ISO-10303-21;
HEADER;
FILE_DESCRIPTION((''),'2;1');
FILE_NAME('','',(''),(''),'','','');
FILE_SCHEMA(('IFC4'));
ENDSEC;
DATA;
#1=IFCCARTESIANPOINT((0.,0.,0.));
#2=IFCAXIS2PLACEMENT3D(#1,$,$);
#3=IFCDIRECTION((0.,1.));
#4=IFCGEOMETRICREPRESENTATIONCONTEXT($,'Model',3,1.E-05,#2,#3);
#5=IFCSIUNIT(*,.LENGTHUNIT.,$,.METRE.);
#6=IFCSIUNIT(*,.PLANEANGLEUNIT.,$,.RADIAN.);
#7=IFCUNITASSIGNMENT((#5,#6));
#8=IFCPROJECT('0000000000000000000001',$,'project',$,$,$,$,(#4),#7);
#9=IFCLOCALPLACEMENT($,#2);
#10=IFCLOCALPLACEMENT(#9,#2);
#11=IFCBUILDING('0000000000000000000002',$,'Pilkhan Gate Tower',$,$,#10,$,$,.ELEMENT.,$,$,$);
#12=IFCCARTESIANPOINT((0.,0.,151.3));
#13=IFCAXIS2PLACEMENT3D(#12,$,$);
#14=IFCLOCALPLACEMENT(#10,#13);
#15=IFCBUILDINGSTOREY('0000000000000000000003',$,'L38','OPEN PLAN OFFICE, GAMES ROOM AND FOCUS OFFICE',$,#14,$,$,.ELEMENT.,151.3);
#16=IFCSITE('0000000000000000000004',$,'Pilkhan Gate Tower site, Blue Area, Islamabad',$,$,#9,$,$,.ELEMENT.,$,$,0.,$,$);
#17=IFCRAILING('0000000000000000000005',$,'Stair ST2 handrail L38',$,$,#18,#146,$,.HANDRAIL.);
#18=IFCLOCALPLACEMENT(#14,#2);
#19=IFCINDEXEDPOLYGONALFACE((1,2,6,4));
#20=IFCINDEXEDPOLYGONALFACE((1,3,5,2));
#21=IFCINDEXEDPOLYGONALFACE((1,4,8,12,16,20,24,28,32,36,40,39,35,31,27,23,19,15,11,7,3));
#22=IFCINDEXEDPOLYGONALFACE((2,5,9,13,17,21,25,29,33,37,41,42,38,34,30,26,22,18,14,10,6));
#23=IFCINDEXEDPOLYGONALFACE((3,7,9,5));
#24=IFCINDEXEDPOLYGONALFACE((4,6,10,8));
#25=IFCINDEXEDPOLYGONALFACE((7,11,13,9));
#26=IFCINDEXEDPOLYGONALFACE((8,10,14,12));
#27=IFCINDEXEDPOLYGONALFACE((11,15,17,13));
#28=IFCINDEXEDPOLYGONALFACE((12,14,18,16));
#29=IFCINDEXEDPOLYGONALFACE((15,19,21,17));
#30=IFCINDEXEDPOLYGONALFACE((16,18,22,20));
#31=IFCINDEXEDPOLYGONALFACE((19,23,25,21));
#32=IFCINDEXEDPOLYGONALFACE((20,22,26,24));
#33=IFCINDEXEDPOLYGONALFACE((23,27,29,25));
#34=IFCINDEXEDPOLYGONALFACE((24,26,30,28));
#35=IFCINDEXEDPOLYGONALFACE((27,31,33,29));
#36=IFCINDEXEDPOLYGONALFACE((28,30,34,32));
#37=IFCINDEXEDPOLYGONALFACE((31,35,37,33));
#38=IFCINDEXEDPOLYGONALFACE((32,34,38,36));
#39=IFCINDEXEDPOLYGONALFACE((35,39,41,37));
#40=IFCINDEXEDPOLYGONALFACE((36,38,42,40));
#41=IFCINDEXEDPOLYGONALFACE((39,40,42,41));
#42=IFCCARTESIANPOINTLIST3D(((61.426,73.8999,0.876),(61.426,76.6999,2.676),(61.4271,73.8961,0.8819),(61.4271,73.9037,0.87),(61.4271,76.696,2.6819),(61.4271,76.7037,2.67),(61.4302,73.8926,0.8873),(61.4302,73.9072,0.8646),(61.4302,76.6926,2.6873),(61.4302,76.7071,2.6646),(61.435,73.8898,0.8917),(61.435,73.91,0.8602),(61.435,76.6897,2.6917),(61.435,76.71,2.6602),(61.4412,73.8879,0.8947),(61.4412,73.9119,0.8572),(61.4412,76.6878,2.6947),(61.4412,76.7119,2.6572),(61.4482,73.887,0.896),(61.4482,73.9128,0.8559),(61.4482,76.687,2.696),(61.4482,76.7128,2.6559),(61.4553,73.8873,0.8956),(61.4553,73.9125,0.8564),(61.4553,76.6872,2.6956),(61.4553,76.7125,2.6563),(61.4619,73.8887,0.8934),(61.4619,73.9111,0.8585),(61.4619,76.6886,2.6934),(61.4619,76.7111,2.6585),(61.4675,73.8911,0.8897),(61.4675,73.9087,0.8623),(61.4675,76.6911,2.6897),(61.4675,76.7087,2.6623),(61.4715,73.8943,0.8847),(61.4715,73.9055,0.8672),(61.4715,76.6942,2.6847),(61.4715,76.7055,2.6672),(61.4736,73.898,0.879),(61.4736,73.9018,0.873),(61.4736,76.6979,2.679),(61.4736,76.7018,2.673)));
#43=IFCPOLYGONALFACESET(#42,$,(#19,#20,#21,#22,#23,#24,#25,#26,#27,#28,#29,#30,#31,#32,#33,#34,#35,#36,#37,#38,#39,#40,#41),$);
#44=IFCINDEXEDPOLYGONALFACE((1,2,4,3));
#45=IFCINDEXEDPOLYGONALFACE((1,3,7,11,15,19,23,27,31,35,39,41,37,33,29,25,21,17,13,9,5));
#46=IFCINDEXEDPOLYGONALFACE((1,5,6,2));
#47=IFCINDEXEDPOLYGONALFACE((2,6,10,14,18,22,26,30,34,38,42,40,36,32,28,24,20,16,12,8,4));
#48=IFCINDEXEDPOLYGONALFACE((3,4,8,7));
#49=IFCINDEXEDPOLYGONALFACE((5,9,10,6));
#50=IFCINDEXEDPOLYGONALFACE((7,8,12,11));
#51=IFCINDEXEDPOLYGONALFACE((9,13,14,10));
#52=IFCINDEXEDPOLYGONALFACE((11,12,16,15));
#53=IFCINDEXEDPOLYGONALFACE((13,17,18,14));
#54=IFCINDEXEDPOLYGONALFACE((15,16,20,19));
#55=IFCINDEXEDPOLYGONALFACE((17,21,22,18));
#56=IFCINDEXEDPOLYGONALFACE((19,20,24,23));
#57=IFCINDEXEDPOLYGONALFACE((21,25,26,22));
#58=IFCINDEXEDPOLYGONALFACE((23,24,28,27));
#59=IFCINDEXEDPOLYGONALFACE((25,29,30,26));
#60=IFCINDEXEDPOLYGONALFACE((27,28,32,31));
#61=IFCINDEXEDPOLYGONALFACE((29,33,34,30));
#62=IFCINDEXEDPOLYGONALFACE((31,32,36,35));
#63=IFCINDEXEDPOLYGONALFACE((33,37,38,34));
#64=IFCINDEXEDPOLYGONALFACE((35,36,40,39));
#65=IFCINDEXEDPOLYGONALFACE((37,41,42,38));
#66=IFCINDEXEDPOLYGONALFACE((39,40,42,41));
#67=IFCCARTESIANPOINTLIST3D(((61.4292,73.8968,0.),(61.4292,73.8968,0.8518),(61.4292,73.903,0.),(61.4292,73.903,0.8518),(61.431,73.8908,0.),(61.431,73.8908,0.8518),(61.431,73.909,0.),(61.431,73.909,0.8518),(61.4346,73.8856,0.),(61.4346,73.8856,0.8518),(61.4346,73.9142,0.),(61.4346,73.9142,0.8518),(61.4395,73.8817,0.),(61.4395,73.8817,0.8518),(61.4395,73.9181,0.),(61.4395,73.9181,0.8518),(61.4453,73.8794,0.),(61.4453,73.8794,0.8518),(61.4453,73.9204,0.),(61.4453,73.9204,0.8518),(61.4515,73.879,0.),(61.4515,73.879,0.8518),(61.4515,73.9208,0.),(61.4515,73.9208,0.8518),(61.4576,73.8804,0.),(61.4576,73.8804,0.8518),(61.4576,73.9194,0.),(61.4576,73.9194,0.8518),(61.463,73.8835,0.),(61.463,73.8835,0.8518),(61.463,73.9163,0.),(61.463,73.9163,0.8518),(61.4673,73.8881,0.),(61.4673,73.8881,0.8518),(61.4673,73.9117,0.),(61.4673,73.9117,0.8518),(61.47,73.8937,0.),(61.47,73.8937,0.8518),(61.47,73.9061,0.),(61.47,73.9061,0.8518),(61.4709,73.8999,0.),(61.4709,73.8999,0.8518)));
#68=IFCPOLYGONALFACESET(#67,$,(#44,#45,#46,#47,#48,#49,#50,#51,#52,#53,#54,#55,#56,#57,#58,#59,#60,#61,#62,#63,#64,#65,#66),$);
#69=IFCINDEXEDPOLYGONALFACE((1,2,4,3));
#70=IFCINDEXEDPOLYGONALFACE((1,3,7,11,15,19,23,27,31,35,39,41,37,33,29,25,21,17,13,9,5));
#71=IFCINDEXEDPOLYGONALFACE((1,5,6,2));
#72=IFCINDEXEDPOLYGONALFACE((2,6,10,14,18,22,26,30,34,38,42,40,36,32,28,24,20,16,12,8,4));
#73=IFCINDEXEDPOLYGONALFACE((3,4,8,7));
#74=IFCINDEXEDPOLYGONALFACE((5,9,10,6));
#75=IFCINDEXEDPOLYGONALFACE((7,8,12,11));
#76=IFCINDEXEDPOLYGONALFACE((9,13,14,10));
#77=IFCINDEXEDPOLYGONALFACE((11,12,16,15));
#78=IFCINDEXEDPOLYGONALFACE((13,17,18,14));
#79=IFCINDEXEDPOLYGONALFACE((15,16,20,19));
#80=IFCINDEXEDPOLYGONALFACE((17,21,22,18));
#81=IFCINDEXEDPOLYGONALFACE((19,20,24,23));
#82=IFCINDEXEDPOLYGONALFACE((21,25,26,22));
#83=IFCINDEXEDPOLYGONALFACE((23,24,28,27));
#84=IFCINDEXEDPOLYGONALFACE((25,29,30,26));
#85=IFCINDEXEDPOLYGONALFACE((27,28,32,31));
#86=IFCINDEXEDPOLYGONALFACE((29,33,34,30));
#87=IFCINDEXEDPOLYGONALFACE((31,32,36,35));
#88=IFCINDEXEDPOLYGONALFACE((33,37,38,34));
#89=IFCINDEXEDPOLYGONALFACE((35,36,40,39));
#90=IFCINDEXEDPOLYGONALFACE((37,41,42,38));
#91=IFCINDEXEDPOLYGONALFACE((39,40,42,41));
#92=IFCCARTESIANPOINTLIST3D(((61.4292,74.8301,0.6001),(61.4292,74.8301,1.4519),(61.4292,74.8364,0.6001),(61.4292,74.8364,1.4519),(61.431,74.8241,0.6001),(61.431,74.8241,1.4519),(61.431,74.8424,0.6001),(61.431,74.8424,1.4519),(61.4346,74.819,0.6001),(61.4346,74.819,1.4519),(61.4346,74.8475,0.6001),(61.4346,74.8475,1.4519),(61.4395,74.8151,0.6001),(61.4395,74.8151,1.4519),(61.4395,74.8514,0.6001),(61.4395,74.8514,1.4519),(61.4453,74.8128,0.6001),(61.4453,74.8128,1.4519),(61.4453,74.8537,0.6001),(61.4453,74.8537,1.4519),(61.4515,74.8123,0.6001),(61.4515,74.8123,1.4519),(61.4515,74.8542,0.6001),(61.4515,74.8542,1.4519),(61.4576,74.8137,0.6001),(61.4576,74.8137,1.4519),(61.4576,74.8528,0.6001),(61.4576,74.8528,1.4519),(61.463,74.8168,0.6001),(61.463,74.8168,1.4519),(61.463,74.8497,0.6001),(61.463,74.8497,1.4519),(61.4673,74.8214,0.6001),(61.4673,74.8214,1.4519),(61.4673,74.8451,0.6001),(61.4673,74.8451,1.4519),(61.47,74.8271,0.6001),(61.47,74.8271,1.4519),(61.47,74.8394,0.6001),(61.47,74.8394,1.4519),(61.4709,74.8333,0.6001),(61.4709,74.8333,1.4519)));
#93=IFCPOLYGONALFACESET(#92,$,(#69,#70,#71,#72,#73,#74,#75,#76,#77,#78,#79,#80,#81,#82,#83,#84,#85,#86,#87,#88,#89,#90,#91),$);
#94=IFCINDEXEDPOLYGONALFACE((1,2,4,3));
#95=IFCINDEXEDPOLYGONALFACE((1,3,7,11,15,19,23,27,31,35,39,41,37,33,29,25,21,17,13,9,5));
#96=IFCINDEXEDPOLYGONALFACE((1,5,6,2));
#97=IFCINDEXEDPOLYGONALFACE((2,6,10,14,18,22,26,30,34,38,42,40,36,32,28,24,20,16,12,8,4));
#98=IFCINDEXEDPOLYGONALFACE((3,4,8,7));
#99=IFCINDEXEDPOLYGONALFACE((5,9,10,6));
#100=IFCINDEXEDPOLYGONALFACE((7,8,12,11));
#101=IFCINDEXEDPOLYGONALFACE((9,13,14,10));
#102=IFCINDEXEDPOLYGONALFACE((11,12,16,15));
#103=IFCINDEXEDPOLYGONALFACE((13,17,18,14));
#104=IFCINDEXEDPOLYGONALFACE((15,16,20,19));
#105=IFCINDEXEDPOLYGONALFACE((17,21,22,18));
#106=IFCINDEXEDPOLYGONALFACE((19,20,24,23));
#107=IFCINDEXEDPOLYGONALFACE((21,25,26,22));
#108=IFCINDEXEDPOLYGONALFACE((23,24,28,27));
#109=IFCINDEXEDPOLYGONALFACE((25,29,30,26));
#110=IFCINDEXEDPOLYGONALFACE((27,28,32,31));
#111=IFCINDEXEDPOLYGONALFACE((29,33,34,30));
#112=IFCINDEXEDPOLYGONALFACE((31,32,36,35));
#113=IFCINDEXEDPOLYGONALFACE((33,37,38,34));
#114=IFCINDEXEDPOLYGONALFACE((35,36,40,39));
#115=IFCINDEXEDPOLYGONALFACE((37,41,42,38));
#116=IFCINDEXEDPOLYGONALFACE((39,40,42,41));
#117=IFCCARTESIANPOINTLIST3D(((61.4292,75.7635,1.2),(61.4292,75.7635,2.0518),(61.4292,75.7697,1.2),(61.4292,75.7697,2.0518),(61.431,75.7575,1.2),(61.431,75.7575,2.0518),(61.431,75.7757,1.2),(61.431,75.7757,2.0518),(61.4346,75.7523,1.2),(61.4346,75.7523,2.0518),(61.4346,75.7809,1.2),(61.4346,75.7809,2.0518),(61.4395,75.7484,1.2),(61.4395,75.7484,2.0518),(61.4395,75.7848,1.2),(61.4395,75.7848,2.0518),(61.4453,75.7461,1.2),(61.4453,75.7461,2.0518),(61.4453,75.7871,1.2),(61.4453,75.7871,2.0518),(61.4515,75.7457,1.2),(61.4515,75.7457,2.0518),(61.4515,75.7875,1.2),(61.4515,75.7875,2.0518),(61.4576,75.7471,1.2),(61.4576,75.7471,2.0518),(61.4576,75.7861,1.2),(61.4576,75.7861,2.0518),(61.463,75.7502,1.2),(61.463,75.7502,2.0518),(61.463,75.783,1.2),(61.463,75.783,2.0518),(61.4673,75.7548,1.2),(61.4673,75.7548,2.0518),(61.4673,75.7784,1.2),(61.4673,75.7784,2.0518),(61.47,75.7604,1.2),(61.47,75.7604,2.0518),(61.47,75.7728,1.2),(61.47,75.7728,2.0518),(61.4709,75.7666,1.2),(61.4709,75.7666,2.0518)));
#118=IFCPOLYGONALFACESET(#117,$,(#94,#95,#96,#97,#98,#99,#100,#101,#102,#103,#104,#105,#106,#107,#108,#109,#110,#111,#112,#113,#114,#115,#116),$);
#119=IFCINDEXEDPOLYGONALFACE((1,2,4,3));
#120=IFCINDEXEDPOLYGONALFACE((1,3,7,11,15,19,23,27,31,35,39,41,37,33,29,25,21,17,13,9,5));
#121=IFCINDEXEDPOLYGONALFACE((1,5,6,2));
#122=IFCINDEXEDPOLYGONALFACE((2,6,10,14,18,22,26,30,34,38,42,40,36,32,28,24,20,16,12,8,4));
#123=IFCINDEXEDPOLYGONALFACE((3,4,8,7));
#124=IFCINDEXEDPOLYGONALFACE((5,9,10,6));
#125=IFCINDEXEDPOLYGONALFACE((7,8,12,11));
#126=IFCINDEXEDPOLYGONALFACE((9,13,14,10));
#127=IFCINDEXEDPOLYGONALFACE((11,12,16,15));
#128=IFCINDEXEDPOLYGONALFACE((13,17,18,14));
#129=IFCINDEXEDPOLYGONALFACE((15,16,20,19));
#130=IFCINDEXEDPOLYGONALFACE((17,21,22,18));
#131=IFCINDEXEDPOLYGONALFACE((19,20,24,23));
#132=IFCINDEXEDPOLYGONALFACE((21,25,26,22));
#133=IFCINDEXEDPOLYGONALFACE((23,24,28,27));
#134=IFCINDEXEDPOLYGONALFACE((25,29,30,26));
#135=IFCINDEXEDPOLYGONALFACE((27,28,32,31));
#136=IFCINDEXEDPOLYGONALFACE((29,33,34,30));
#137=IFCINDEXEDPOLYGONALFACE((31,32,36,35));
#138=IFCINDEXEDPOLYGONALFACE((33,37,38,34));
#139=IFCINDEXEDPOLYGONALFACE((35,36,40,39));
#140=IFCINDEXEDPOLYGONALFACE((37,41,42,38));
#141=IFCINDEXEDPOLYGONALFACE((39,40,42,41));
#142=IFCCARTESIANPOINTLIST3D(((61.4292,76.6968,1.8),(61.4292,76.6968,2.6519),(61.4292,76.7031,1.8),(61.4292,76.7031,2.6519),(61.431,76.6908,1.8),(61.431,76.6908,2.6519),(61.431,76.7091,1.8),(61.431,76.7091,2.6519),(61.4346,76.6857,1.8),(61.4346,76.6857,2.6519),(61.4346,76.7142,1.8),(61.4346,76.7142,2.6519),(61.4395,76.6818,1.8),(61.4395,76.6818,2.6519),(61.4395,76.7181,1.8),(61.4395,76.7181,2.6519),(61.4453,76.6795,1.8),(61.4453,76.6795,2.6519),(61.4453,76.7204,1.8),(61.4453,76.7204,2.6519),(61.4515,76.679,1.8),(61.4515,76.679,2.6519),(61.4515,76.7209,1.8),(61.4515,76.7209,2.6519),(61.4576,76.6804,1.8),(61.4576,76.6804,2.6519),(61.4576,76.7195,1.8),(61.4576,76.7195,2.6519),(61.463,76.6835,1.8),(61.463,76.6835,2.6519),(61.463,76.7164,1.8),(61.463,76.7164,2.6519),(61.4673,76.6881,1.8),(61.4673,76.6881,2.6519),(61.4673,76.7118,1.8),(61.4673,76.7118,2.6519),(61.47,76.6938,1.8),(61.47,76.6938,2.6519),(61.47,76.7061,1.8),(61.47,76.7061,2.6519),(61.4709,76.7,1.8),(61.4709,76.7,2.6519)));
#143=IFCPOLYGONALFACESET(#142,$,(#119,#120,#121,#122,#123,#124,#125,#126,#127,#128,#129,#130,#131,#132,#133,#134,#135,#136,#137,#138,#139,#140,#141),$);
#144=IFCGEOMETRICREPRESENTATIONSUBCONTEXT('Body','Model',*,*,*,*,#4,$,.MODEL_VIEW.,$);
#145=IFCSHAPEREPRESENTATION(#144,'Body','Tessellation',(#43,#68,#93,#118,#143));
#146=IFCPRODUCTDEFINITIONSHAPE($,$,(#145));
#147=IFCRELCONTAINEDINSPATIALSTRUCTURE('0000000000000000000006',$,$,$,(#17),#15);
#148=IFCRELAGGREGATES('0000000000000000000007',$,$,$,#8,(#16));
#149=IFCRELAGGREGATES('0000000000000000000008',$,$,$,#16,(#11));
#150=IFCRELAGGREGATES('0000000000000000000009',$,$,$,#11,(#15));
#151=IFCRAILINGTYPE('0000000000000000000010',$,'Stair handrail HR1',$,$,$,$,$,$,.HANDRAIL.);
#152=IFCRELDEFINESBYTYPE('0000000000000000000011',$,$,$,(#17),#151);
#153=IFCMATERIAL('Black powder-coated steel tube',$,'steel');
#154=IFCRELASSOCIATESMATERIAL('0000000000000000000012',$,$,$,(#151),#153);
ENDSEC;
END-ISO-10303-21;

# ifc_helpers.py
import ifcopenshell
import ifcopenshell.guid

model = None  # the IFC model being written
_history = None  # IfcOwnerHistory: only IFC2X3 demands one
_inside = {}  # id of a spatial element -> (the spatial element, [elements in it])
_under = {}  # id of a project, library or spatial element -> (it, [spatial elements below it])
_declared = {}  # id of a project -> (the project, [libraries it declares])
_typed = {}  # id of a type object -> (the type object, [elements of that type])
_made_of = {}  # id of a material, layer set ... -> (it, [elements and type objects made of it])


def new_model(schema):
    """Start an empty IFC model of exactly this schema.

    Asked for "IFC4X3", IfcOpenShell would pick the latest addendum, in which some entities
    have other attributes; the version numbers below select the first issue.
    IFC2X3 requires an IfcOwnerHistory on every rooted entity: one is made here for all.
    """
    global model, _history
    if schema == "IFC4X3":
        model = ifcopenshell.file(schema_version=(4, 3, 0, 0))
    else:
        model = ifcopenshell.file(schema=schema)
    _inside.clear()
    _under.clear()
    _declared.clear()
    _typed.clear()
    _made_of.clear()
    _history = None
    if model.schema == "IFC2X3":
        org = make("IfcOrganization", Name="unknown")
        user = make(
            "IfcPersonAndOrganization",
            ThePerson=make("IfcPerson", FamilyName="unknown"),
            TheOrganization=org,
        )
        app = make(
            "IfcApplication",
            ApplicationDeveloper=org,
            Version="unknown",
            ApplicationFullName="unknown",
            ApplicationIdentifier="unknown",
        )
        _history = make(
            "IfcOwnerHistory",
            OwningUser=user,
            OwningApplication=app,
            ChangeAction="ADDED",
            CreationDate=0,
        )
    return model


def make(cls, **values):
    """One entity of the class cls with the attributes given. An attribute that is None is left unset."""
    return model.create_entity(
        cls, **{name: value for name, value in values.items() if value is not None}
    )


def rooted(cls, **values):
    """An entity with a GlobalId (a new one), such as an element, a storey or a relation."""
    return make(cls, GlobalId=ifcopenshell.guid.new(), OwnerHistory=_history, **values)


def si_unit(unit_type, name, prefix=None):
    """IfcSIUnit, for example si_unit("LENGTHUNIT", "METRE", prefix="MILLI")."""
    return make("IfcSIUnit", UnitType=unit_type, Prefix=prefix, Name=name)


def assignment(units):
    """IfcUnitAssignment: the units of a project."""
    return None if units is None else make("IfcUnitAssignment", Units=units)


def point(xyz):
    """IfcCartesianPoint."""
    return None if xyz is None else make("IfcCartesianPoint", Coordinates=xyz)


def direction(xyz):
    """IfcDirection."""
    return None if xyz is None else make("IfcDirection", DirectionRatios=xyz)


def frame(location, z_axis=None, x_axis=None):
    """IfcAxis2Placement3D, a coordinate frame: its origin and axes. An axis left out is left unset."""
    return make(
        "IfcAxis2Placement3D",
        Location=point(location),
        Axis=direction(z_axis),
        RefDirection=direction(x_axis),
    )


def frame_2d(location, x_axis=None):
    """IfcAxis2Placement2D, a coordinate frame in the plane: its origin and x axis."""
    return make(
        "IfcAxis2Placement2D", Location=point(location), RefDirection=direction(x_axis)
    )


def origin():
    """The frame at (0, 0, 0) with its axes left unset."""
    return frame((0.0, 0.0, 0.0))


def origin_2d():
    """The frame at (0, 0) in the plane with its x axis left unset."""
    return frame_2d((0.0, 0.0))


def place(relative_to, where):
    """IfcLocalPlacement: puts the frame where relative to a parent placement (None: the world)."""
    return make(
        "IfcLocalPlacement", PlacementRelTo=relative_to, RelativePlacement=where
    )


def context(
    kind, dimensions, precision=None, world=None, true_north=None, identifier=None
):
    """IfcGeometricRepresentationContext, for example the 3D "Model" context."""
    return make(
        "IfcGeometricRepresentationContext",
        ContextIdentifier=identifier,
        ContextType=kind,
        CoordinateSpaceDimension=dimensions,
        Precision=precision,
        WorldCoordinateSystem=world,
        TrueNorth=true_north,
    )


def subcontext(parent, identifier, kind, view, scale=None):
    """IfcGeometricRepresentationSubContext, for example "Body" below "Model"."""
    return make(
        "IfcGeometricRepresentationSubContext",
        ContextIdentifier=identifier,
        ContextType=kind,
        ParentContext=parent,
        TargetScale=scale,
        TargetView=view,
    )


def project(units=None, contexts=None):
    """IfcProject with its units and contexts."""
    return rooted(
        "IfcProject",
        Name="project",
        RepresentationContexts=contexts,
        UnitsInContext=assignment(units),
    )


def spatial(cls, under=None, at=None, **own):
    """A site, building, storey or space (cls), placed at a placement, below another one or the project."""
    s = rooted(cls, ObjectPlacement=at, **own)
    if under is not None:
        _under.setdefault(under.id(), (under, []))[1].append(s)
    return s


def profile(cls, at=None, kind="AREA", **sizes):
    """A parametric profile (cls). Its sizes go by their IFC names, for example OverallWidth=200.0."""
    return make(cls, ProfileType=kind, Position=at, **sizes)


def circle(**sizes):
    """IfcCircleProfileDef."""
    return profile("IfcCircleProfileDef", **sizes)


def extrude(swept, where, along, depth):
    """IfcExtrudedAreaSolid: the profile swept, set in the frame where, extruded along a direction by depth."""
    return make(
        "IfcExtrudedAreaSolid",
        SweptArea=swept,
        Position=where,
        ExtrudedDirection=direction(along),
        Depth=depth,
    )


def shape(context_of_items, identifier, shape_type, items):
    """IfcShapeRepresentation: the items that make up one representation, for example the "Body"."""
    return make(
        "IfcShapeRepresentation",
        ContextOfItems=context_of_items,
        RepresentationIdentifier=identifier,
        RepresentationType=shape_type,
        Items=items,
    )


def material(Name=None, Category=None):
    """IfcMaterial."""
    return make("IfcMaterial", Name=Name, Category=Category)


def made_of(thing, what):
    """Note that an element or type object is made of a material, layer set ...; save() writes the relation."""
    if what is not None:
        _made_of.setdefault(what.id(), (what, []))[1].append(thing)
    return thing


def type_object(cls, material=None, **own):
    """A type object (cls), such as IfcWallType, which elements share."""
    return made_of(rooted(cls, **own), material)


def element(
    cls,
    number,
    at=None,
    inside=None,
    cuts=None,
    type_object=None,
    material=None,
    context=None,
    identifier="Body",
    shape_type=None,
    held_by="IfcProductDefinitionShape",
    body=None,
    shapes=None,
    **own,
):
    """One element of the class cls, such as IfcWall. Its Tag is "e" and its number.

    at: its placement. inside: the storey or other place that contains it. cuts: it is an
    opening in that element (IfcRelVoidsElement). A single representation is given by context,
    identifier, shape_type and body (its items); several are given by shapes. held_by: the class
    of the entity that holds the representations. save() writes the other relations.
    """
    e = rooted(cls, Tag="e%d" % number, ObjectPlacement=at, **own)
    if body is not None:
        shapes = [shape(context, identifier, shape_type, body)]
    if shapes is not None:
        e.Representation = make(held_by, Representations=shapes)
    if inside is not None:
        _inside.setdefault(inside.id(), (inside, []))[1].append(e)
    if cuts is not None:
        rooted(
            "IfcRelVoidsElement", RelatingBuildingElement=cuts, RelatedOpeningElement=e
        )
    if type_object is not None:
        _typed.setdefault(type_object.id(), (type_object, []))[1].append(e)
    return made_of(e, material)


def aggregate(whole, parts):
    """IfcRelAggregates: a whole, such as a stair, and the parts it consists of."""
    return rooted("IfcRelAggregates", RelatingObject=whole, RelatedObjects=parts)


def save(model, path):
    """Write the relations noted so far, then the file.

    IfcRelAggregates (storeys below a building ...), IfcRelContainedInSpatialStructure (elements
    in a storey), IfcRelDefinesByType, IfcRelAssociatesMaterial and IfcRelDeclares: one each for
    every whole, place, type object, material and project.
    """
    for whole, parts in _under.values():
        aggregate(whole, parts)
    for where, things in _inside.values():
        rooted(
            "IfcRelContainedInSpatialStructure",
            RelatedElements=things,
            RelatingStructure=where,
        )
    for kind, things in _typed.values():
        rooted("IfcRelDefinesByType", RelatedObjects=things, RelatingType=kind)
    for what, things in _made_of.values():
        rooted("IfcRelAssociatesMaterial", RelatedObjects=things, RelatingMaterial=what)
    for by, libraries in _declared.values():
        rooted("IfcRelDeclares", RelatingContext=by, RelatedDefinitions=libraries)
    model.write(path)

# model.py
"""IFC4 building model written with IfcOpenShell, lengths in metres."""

from ifc_helpers import new_model, si_unit, direction, frame, origin, origin_2d, place, context, subcontext, project, spatial, circle, extrude, material, type_object, element, save


model = new_model("IFC4")

# Units and contexts
model_context = context("Model", 3, precision=1e-05, world=origin(), true_north=direction((0.0, 1.0)))
body_context = subcontext(model_context, "Body", "Model", "MODEL_VIEW")
ifc_project = project(units=[si_unit("LENGTHUNIT", "METRE"), si_unit("PLANEANGLEUNIT", "RADIAN")], contexts=[model_context])

# Site, building, storey
site_placement = place(None, origin())
site = spatial("IfcSite", under=ifc_project, at=site_placement, Name="Pilkhan Gate Tower site, Blue Area, Islamabad", CompositionType="ELEMENT", RefElevation=0.0)
building_placement = place(site_placement, origin())
building = spatial("IfcBuilding", under=site, at=building_placement, Name="Pilkhan Gate Tower", CompositionType="ELEMENT")
storey_placement = place(building_placement, frame((0.0, 0.0, 151.3)))
storey = spatial("IfcBuildingStorey", under=building, at=storey_placement, Name="L38", Description="OPEN PLAN OFFICE, GAMES ROOM AND FOCUS OFFICE", CompositionType="ELEMENT", Elevation=151.3)

# Railing
ifc_material_1 = material(Name="Black powder-coated steel tube", Category="steel")
railing_type_1 = type_object("IfcRailingType", Name="Stair handrail HR1", PredefinedType="HANDRAIL", material=ifc_material_1)
railing_1_placement = place(storey_placement, frame((61.45, 73.8999, 0.0)))
element("IfcRailing", 1, at=railing_1_placement, inside=storey, type_object=railing_type_1, Name="Stair ST2 handrail L38", PredefinedType="HANDRAIL", context=body_context, shape_type="SweptSolid", body=[
    extrude(circle(Radius=0.0239, at=origin_2d()), frame((0.0, 0.0, 0.876), z_axis=(0.0, 0.841176, 0.540761), x_axis=(-1.0, 0.0, 0.0)), (0.0, 0.0, 1.0), 3.3286),
    extrude(circle(Radius=0.021, at=origin_2d()), origin(), (0.0, 0.0, 1.0), 0.8518),
    extrude(circle(Radius=0.021, at=origin_2d()), frame((0.0, 0.9333, 0.6001)), (0.0, 0.0, 1.0), 0.8518),
    extrude(circle(Radius=0.021, at=origin_2d()), frame((0.0, 1.8667, 1.2)), (0.0, 0.0, 1.0), 0.8518),
    extrude(circle(Radius=0.021, at=origin_2d()), frame((0.0, 2.8, 1.8)), (0.0, 0.0, 1.0), 0.8518),
])

save(model, "model.ifc")
